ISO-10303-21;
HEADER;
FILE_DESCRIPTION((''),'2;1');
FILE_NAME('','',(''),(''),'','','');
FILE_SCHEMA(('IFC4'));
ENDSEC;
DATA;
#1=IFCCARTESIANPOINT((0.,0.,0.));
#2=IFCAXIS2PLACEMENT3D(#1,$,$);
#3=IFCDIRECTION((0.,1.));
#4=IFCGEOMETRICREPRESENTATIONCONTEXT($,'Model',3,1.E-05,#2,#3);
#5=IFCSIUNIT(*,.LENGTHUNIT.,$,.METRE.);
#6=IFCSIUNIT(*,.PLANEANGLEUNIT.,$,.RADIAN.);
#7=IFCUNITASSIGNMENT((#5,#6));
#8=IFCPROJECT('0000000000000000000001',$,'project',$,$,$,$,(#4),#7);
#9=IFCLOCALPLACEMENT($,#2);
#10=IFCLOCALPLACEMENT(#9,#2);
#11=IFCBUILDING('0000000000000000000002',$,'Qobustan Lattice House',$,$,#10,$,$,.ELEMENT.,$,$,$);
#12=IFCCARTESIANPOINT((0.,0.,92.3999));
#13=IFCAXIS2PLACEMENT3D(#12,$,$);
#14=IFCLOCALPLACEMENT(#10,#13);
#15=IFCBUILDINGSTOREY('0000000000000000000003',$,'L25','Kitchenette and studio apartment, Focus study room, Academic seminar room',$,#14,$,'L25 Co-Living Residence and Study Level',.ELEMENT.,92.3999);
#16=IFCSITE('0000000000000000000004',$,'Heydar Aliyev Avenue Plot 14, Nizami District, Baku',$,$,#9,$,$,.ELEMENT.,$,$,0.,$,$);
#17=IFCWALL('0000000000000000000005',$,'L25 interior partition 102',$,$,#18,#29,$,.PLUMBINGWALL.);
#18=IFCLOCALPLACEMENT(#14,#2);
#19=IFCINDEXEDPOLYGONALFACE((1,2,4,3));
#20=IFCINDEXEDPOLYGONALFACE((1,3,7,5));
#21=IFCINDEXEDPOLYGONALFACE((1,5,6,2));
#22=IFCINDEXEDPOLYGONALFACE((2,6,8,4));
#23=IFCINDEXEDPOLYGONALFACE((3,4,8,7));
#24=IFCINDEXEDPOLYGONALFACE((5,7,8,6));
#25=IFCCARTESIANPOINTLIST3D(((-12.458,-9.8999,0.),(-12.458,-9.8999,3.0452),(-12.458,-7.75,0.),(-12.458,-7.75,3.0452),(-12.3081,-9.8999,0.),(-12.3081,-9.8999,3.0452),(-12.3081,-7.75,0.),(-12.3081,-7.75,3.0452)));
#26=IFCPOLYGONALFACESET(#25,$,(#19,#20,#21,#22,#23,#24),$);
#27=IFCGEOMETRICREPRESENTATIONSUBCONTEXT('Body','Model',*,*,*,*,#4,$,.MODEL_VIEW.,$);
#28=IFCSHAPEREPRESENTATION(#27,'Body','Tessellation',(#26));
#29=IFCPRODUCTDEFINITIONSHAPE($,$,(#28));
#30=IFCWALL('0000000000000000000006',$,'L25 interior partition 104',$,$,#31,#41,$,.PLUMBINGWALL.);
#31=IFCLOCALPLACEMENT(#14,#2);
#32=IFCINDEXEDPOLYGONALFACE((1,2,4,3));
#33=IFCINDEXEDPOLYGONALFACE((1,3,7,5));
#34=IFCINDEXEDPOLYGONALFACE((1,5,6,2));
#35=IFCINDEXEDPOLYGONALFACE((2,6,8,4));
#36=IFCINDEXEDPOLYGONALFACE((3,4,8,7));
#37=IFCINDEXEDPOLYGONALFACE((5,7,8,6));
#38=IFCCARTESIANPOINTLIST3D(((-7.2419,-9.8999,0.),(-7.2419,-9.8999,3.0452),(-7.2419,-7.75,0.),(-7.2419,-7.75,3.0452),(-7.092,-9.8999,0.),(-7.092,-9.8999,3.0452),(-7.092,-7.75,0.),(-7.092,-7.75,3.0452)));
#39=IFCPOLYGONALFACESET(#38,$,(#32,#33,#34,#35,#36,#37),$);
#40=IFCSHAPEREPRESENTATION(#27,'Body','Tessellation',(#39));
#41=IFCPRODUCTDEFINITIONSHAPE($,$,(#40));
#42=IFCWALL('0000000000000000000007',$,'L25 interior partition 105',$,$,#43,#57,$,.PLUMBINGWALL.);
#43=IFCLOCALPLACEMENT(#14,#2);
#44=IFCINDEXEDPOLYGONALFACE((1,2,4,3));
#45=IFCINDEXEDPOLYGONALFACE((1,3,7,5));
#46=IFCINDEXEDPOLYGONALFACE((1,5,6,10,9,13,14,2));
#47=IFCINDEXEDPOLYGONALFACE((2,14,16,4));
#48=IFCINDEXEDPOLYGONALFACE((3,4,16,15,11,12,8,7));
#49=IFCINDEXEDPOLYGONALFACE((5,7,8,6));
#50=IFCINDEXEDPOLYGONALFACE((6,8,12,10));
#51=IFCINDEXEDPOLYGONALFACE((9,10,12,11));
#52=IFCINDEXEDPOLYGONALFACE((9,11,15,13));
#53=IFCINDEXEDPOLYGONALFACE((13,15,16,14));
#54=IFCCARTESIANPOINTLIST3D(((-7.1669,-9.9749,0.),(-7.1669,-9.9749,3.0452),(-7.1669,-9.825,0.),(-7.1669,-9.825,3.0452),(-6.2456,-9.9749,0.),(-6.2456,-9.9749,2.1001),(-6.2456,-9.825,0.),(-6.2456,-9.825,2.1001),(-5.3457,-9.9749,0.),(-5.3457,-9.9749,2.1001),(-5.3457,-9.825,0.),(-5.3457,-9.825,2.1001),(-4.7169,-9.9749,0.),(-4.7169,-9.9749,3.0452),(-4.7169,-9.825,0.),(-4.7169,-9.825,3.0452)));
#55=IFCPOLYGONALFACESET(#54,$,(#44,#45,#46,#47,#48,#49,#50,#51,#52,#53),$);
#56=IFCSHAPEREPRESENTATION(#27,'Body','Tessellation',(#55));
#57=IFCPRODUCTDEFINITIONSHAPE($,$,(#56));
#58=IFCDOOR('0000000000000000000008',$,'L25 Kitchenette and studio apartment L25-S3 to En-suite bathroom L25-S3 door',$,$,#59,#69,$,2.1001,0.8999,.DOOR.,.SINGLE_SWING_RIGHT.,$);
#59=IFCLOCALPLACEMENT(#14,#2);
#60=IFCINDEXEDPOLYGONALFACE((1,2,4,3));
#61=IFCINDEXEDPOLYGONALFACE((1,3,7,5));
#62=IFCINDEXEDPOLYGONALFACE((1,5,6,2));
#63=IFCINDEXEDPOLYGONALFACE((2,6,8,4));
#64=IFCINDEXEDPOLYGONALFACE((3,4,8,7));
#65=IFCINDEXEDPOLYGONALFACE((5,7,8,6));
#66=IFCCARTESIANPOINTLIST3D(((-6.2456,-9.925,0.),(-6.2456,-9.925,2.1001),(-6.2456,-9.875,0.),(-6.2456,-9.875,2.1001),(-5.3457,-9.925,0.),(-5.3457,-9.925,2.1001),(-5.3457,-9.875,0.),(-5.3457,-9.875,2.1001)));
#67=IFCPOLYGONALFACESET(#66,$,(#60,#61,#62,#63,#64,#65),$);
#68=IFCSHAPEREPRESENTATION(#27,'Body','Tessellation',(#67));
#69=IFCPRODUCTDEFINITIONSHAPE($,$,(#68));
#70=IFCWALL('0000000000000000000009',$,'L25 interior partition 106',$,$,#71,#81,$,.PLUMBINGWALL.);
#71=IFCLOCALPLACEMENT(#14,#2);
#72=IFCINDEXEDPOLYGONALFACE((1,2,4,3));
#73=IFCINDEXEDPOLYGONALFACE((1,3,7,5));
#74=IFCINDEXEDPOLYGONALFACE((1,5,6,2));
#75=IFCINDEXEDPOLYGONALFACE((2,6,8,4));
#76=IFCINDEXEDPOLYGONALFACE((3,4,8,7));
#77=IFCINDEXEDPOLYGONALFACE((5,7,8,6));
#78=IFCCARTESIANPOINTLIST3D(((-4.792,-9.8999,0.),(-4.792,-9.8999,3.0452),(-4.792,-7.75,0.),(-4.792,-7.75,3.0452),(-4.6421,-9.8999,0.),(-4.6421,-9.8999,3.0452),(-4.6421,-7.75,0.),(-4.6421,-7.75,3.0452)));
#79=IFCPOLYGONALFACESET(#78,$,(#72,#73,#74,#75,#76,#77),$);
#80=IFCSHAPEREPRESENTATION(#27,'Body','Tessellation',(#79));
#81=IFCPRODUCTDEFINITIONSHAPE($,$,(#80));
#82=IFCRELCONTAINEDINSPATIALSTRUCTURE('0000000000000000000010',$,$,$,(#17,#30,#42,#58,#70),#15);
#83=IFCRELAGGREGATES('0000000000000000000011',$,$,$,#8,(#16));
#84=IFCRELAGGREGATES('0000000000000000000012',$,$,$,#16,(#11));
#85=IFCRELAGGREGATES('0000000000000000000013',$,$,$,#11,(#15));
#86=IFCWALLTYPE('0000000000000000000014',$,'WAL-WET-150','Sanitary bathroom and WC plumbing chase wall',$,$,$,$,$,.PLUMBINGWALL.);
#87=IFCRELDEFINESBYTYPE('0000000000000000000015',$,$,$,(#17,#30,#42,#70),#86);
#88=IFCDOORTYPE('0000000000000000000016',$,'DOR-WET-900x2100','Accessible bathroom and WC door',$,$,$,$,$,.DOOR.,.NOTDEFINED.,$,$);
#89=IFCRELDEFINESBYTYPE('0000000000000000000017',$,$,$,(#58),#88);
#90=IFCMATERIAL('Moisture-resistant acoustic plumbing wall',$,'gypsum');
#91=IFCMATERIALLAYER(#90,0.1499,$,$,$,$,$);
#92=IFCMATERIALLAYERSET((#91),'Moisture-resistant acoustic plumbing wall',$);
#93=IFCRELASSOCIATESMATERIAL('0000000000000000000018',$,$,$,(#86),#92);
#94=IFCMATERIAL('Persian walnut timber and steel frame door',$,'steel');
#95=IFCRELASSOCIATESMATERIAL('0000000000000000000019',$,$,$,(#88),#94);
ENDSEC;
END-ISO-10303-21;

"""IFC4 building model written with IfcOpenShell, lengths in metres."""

from ifc_helpers import new_model, si_unit, direction, frame, frame_2d, origin, place, context, subcontext, project, spatial, rectangle, extrude, material, layer, layer_set, type_object, element, fill, save


model = new_model("IFC4")

# Units and contexts
model_context = context("Model", 3, precision=1e-05, world=origin(), true_north=direction((0.0, 1.0)))
body_context = subcontext(model_context, "Body", "Model", "MODEL_VIEW")
ifc_project = project(units=[si_unit("LENGTHUNIT", "METRE"), si_unit("PLANEANGLEUNIT", "RADIAN")], contexts=[model_context])

# Site, building, storey
site_placement = place(None, origin())
site = spatial("IfcSite", under=ifc_project, at=site_placement, Name="Heydar Aliyev Avenue Plot 14, Nizami District, Baku", CompositionType="ELEMENT", RefElevation=0.0)
building_placement = place(site_placement, origin())
building = spatial("IfcBuilding", under=site, at=building_placement, Name="Qobustan Lattice House", CompositionType="ELEMENT")
storey_placement = place(building_placement, frame((0.0, 0.0, 92.3999)))
storey = spatial("IfcBuildingStorey", under=building, at=storey_placement, Name="L25", Description="Kitchenette and studio apartment, Focus study room, Academic seminar room", LongName="L25 Co-Living Residence and Study Level", CompositionType="ELEMENT", Elevation=92.3999)

# Shared definitions
ifc_material_1 = material(Name="Moisture-resistant acoustic plumbing wall", Category="gypsum")
ifc_layer_1 = layer(ifc_material_1, 0.1499)
ifc_layer_set_1 = layer_set([ifc_layer_1], Name="Moisture-resistant acoustic plumbing wall")
wall_type_1 = type_object("IfcWallType", Name="WAL-WET-150", Description="Sanitary bathroom and WC plumbing chase wall", PredefinedType="PLUMBINGWALL", material=ifc_layer_set_1)

# Shared definitions
ifc_material_2 = material(Name="Persian walnut timber and steel frame door", Category="steel")
door_type_1 = type_object("IfcDoorType", Name="DOR-WET-900x2100", Description="Accessible bathroom and WC door", OperationType="NOTDEFINED", PredefinedType="DOOR", material=ifc_material_2)

# Walls
for number, where, z_axis, x_axis, name in (
    (1, (-12.3831, -9.8999, 0.0), (0.0, 0.0, 1.0), (0.0, 1.0, 0.0), "L25 interior partition 102"),
    (2, (-7.167, -7.75, 0.0), (0.0, 0.0, 1.0), (0.0, -1.0, 0.0), "L25 interior partition 104"),
):
    element("IfcWall", number, at=place(storey_placement, frame(where, z_axis=z_axis, x_axis=x_axis)), inside=storey, type_object=wall_type_1, Name=name, PredefinedType="PLUMBINGWALL", context=body_context, shape_type="SweptSolid", body=[
        extrude(rectangle(XDim=2.1499, YDim=0.1499, at=frame_2d((1.075, 0.0))), origin(), (0.0, 0.0, 1.0), 3.0452),
    ])

# Wall, opening, door
wall_1_placement = place(storey_placement, frame((-7.167, -9.8999, 0.0), z_axis=(0.0, 0.0, 1.0), x_axis=(1.0, 0.0, 0.0)))
wall_1 = element("IfcWall", 3, at=wall_1_placement, inside=storey, type_object=wall_type_1, Name="L25 interior partition 105", PredefinedType="PLUMBINGWALL", context=body_context, shape_type="SweptSolid", body=[
    extrude(rectangle(XDim=2.45, YDim=0.1499, at=frame_2d((1.2251, 0.0))), origin(), (0.0, 0.0, 1.0), 3.0452),
])
opening_1_placement = place(wall_1_placement, frame((0.9214, 0.0, 0.0)))
opening_1 = element("IfcOpeningElement", 4, at=opening_1_placement, cuts=wall_1, PredefinedType="OPENING", context=body_context, shape_type="SweptSolid", body=[
    extrude(rectangle(XDim=0.8999, YDim=2.1001, at=frame_2d((0.45, 1.05))), frame((0.0, 0.085, 0.0), z_axis=(0.0, -1.0, 0.0), x_axis=(1.0, 0.0, 0.0)), (0.0, 0.0, 1.0), 0.1699),
])
door_1_placement = place(opening_1_placement, origin())
door_1 = element("IfcDoor", 5, at=door_1_placement, inside=storey, type_object=door_type_1, Name="L25 Kitchenette and studio apartment L25-S3 to En-suite bathroom L25-S3 door", OperationType="SINGLE_SWING_RIGHT", OverallHeight=2.1001, OverallWidth=0.8999, PredefinedType="DOOR", context=body_context, shape_type="SweptSolid", body=[
    extrude(rectangle(XDim=0.8999, YDim=2.1001, at=frame_2d((0.45, 1.05))), frame((0.0, 0.0249, 0.0), z_axis=(0.0, -1.0, 0.0), x_axis=(1.0, 0.0, 0.0)), (0.0, 0.0, 1.0), 0.05),
])
fill(opening_1, door_1)

# Wall
wall_2_placement = place(storey_placement, frame((-4.717, -9.8999, 0.0), z_axis=(0.0, 0.0, 1.0), x_axis=(0.0, 1.0, 0.0)))
element("IfcWall", 6, at=wall_2_placement, inside=storey, type_object=wall_type_1, Name="L25 interior partition 106", PredefinedType="PLUMBINGWALL", context=body_context, shape_type="SweptSolid", body=[
    extrude(rectangle(XDim=2.1499, YDim=0.1499, at=frame_2d((1.075, 0.0))), origin(), (0.0, 0.0, 1.0), 3.0452),
])

save(model, "model.ifc")
